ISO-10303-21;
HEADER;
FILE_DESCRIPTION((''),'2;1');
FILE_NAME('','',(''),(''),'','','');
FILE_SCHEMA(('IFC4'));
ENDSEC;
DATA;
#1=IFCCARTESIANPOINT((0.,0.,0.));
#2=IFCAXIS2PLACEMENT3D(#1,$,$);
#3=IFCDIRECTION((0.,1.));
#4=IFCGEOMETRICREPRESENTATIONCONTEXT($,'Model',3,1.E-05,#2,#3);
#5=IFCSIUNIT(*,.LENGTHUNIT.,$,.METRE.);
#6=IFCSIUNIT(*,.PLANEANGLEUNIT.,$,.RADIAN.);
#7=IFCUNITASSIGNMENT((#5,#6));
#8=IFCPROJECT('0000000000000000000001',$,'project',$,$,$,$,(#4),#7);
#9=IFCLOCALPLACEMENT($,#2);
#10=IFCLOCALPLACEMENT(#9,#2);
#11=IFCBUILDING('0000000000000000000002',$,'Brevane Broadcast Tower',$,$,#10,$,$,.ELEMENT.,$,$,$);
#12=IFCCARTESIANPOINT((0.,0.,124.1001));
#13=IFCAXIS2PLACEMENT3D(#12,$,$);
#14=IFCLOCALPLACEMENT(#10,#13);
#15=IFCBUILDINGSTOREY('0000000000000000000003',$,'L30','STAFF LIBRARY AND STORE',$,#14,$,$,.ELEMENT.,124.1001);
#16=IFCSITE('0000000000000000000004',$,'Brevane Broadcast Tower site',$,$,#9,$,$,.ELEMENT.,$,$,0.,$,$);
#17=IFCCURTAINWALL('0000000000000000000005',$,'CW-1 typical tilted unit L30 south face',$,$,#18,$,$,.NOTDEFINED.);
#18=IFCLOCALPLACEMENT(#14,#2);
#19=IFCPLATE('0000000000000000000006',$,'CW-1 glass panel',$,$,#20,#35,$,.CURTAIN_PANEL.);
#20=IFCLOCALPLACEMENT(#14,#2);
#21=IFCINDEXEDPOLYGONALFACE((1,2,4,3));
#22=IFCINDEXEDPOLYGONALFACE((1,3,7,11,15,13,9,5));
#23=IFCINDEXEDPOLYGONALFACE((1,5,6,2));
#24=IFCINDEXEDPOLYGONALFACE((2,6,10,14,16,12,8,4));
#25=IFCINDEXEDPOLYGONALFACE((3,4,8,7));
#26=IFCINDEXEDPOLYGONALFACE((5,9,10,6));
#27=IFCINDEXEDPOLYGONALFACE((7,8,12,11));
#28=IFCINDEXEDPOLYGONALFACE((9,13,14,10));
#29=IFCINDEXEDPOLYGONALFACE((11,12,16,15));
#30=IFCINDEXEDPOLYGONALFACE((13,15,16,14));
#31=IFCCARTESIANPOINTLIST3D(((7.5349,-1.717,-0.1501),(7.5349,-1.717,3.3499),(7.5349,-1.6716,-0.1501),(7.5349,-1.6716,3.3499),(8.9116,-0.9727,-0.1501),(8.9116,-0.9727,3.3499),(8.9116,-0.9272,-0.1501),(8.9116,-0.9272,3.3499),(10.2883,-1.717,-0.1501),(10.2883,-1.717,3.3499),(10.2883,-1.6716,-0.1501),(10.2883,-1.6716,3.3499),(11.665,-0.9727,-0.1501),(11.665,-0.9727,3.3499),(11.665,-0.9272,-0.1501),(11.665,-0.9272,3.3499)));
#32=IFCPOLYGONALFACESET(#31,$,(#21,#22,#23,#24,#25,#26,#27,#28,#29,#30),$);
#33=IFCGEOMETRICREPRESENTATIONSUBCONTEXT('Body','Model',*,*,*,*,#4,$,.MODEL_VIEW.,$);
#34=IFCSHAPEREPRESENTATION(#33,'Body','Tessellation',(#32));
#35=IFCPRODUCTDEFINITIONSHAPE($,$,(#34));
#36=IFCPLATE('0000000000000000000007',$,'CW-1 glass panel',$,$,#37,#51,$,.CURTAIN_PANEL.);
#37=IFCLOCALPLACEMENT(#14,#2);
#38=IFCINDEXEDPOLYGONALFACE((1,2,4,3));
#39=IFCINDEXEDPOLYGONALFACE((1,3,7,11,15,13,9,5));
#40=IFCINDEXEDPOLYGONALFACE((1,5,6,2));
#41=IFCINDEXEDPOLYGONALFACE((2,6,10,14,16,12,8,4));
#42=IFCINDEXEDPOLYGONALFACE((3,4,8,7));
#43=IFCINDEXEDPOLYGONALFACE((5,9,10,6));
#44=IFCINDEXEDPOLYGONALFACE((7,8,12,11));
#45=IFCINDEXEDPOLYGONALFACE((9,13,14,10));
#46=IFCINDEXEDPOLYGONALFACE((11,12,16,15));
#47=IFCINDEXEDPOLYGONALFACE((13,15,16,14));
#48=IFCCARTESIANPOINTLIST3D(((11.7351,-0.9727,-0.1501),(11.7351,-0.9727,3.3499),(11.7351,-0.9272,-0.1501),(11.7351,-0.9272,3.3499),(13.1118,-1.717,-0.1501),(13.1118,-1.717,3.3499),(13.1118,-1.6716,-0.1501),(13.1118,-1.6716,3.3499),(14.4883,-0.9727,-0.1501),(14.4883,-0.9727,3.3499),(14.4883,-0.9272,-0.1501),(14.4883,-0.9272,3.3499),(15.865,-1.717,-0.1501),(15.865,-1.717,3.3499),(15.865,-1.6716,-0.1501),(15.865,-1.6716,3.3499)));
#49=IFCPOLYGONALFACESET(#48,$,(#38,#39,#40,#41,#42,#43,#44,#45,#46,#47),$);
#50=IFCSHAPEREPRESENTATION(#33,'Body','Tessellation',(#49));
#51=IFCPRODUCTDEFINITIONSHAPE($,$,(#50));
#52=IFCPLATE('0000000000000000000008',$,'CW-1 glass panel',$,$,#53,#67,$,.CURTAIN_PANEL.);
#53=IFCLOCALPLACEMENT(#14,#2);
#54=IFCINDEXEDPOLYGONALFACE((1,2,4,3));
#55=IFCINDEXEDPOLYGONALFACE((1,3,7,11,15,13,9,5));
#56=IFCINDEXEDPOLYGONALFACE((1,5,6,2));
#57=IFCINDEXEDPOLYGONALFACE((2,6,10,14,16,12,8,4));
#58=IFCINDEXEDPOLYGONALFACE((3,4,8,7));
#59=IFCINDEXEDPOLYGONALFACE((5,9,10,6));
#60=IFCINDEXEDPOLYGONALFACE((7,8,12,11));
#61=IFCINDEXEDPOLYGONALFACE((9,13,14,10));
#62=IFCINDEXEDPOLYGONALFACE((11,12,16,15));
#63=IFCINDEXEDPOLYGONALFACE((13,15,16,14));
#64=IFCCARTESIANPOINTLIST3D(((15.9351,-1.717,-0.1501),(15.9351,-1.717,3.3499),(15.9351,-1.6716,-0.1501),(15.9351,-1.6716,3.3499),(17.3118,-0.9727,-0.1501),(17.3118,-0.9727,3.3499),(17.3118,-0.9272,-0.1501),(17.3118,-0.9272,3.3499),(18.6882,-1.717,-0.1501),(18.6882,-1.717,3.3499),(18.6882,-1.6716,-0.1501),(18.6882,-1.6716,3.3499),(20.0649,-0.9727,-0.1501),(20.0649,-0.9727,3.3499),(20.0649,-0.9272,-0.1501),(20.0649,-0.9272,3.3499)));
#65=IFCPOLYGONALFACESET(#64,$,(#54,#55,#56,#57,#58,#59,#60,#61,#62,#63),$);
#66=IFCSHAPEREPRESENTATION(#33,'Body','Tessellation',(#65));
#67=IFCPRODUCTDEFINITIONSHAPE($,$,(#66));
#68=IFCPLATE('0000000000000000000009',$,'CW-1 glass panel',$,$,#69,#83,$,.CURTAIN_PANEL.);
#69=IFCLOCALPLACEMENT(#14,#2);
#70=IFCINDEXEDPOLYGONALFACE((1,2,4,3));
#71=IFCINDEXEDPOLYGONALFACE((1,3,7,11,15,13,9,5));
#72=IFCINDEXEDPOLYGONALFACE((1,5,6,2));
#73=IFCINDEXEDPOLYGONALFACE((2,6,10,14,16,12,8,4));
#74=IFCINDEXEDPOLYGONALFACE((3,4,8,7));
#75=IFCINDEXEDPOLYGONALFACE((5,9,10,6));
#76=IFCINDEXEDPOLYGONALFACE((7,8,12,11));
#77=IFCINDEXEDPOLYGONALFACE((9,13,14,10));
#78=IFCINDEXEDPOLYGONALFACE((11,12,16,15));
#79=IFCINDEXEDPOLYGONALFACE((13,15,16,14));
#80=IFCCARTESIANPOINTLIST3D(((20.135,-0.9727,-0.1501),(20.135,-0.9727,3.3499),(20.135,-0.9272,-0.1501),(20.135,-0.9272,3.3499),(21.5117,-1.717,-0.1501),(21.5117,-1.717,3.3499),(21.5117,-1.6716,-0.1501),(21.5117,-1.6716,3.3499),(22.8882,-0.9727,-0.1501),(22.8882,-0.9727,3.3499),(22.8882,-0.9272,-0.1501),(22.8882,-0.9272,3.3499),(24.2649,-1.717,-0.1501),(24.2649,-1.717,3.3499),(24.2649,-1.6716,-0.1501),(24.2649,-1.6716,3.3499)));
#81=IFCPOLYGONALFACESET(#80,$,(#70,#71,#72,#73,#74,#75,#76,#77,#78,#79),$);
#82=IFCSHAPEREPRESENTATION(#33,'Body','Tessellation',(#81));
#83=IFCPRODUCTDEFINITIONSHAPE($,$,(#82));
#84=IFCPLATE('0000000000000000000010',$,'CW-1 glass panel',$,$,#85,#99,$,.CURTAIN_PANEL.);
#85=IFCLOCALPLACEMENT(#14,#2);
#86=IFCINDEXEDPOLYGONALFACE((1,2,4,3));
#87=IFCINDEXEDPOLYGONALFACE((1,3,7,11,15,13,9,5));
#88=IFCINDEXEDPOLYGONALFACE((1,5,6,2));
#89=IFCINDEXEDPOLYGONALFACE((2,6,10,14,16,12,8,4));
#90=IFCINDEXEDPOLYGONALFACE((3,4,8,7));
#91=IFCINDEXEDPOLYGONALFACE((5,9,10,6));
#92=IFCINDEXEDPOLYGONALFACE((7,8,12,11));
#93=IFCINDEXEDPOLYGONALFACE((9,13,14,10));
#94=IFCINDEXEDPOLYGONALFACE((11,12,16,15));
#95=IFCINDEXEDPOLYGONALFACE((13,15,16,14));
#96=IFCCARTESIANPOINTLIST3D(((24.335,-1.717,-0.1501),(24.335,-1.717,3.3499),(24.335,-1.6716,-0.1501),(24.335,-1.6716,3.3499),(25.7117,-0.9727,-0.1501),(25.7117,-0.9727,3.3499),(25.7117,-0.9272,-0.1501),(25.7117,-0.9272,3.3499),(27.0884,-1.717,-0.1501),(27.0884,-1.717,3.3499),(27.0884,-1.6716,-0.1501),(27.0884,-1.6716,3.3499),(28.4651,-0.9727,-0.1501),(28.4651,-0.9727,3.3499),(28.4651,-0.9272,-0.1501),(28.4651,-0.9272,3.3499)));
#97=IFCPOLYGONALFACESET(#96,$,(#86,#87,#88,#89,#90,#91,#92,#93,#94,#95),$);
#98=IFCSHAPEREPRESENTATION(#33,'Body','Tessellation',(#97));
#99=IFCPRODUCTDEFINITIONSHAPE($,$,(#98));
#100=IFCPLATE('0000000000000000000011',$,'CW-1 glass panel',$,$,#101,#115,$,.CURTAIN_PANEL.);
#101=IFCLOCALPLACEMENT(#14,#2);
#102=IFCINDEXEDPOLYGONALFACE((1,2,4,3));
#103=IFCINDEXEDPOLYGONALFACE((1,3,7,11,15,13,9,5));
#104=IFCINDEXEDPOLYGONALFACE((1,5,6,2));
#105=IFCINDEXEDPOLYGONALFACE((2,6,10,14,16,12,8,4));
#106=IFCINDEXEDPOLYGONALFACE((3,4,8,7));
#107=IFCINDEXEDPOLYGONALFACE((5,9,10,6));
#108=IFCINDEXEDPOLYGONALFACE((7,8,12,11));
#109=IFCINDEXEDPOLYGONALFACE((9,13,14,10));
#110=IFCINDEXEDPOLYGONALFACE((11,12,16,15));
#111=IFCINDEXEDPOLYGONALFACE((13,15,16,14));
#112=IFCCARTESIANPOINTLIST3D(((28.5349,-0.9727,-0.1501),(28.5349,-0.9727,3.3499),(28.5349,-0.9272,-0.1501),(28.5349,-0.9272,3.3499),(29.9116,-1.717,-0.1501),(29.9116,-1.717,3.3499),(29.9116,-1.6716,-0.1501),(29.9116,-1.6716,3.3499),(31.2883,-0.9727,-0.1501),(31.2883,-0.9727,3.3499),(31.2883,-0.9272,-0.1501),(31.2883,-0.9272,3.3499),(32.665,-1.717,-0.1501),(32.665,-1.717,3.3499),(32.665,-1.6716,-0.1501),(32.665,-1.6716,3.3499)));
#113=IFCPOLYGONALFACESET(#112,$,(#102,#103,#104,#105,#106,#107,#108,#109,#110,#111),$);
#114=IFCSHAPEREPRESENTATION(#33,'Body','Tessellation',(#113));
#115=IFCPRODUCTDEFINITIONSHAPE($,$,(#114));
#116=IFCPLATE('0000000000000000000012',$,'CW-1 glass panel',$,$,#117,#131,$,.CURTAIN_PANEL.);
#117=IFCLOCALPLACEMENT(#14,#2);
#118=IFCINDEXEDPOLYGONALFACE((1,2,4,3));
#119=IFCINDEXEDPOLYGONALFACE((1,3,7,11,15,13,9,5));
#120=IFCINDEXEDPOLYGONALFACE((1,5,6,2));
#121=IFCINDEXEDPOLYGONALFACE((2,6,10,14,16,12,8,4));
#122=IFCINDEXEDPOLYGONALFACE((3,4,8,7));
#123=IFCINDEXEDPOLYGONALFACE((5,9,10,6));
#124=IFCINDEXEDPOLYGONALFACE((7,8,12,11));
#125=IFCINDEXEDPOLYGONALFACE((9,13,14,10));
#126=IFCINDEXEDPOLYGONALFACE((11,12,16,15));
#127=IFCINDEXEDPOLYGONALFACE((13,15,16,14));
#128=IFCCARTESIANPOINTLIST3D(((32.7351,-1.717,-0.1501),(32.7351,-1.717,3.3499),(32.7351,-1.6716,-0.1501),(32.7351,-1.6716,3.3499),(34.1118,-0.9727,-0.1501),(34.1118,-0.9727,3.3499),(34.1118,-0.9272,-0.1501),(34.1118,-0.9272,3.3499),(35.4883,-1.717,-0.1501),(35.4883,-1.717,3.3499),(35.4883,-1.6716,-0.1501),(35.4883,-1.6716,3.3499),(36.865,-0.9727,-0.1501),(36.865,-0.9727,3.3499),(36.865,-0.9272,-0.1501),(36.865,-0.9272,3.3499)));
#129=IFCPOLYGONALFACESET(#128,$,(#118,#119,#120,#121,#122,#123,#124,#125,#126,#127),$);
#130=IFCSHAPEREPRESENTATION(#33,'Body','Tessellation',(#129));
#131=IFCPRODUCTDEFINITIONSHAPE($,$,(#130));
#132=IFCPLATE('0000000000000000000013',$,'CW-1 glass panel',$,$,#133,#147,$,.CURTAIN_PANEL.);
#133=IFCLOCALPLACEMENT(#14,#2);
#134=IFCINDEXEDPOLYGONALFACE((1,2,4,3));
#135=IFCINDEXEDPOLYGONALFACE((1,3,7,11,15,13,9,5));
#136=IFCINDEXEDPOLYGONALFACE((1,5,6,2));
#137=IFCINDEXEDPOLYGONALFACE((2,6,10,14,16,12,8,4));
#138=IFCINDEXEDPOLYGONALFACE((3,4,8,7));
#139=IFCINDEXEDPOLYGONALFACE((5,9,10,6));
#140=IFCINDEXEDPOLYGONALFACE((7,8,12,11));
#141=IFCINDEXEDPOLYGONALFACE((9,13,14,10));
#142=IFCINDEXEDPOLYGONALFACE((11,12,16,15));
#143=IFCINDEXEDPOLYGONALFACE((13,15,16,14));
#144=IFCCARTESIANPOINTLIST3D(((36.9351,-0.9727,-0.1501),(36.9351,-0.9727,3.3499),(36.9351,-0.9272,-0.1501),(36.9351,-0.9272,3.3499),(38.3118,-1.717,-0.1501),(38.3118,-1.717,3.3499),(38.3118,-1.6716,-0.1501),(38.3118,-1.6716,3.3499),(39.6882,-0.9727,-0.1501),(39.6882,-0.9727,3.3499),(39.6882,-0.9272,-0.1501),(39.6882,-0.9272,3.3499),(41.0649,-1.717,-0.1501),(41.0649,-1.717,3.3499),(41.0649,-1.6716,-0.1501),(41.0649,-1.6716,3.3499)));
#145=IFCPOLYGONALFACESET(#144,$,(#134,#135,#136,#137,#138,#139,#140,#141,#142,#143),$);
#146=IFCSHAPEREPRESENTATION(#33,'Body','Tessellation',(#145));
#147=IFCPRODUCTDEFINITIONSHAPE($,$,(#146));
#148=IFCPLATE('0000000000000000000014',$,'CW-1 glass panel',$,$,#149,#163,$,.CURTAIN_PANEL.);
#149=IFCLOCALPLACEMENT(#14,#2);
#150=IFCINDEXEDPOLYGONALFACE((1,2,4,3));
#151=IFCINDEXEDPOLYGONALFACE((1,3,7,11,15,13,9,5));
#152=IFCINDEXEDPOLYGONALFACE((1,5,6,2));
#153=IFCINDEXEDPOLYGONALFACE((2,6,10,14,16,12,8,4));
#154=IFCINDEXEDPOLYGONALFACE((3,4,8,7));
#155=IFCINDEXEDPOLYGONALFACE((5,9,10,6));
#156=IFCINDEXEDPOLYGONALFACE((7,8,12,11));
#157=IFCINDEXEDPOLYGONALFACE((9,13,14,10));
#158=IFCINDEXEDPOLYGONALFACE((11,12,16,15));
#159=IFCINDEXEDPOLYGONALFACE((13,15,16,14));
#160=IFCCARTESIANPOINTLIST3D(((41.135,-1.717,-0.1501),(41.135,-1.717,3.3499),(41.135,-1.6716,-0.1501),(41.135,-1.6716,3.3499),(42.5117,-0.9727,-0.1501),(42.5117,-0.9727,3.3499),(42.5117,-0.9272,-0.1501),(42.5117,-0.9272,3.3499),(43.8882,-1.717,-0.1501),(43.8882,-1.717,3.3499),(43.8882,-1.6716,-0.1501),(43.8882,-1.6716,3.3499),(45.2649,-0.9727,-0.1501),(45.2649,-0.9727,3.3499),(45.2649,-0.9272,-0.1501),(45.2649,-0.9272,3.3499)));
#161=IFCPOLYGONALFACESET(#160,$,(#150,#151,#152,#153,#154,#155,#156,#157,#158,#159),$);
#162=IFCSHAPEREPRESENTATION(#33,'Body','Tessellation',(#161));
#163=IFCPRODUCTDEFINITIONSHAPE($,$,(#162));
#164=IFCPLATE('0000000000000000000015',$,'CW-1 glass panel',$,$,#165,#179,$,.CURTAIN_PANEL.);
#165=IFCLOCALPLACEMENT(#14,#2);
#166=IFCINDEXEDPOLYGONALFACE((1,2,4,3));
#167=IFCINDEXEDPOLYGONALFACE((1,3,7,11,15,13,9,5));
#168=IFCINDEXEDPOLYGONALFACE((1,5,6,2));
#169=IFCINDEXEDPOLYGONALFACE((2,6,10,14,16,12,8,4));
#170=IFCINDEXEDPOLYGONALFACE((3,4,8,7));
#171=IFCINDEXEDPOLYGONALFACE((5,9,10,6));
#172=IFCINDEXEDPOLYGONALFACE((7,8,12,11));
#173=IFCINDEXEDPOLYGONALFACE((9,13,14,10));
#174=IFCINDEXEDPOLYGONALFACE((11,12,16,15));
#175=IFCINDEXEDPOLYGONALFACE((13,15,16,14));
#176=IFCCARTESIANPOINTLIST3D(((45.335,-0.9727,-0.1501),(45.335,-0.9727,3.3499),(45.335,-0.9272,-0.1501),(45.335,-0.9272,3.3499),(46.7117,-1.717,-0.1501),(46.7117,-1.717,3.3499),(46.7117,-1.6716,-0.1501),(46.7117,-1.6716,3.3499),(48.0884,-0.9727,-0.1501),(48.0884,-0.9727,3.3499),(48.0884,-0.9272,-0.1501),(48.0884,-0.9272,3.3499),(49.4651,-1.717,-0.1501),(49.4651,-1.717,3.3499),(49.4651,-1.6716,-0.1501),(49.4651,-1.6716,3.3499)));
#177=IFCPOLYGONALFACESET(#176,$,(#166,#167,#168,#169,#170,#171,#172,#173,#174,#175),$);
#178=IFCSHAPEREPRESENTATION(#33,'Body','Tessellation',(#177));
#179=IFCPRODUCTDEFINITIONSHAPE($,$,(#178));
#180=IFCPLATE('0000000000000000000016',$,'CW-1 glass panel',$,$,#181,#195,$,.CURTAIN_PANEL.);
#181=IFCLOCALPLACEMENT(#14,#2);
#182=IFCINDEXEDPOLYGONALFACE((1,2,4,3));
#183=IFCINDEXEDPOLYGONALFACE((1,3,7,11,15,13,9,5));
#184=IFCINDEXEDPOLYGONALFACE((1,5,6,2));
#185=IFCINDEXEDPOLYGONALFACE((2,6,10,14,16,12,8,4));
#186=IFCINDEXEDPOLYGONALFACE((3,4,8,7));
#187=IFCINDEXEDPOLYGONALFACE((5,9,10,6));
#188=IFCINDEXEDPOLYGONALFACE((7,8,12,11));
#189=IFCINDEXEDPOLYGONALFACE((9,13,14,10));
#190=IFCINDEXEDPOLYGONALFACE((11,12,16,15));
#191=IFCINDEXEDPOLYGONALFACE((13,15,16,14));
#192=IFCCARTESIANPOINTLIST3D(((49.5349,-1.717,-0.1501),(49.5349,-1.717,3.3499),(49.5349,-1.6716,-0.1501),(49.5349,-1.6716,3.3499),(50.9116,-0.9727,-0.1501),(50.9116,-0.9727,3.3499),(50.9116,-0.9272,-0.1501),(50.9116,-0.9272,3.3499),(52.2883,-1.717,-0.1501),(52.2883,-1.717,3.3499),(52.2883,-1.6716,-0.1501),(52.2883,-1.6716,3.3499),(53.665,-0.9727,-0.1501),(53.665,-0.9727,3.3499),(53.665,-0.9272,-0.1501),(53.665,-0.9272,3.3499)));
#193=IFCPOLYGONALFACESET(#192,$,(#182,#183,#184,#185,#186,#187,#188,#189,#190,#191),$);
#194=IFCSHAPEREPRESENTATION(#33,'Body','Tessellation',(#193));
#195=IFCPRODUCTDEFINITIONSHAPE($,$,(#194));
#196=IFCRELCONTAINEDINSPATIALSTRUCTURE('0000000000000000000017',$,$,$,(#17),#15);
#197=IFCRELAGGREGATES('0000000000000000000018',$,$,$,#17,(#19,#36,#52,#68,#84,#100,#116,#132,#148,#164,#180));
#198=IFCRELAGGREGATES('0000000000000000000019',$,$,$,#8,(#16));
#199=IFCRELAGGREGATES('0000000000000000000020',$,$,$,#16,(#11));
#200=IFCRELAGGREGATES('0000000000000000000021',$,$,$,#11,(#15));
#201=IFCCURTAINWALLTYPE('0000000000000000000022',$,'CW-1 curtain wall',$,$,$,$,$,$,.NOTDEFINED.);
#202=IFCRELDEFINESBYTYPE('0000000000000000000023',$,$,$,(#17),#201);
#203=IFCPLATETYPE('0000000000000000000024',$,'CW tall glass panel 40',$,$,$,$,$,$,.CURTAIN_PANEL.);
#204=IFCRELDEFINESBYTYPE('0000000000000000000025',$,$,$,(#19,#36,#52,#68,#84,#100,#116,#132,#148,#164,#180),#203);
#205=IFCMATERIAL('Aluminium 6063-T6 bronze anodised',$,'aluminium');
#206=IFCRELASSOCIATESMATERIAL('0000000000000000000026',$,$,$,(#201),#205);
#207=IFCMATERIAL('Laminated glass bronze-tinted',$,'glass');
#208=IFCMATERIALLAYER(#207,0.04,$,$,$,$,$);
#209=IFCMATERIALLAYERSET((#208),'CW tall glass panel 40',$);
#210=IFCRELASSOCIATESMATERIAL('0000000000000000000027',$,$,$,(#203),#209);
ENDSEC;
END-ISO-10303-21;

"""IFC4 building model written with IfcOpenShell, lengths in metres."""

from ifc_helpers import new_model, si_unit, direction, frame, origin, place, context, subcontext, project, spatial, polyline, outline, extrude, material, layer, layer_set, type_object, element, aggregate, save


model = new_model("IFC4")

# Units and contexts
model_context = context("Model", 3, precision=1e-05, world=origin(), true_north=direction((0.0, 1.0)))
body_context = subcontext(model_context, "Body", "Model", "MODEL_VIEW")
ifc_project = project(units=[si_unit("LENGTHUNIT", "METRE"), si_unit("PLANEANGLEUNIT", "RADIAN")], contexts=[model_context])

# Site, building, storey
site_placement = place(None, origin())
site = spatial("IfcSite", under=ifc_project, at=site_placement, Name="Brevane Broadcast Tower site", CompositionType="ELEMENT", RefElevation=0.0)
building_placement = place(site_placement, origin())
building = spatial("IfcBuilding", under=site, at=building_placement, Name="Brevane Broadcast Tower", CompositionType="ELEMENT")
storey_placement = place(building_placement, frame((0.0, 0.0, 124.1001)))
storey = spatial("IfcBuildingStorey", under=building, at=storey_placement, Name="L30", Description="STAFF LIBRARY AND STORE", CompositionType="ELEMENT", Elevation=124.1001)

# Curtain wall, plates
ifc_material_1 = material(Name="Aluminium 6063-T6 bronze anodised", Category="aluminium")
curtain_wall_type = type_object("IfcCurtainWallType", Name="CW-1 curtain wall", PredefinedType="NOTDEFINED", material=ifc_material_1)
curtain_wall_1_placement = place(storey_placement, origin())
curtain_wall_1 = element("IfcCurtainWall", 1, at=curtain_wall_1_placement, inside=storey, type_object=curtain_wall_type, Name="CW-1 typical tilted unit L30 south face", PredefinedType="NOTDEFINED")
ifc_material_2 = material(Name="Laminated glass bronze-tinted", Category="glass")
ifc_layer = layer(ifc_material_2, 0.04)
ifc_layer_set = layer_set([ifc_layer], Name="CW tall glass panel 40")
plate_type = type_object("IfcPlateType", Name="CW tall glass panel 40", PredefinedType="CURTAIN_PANEL", material=ifc_layer_set)
plate_1_placement = place(storey_placement, frame((0.0, 0.0, -0.1501)))
plate_1 = element("IfcPlate", 2, at=plate_1_placement, type_object=plate_type, Name="CW-1 glass panel", PredefinedType="CURTAIN_PANEL", context=body_context, shape_type="SweptSolid", body=[
    extrude(outline(polyline([(7.5349, -1.6716), (7.5349, -1.717), (8.9116, -0.9727), (10.2883, -1.717), (11.665, -0.9727), (11.665, -0.9272), (10.2883, -1.6716), (8.9116, -0.9272), (7.5349, -1.6716)])), origin(), (0.0, 0.0, 1.0), 3.5),
])
plate_2_placement = place(storey_placement, frame((0.0, 0.0, -0.1501)))
plate_2 = element("IfcPlate", 3, at=plate_2_placement, type_object=plate_type, Name="CW-1 glass panel", PredefinedType="CURTAIN_PANEL", context=body_context, shape_type="SweptSolid", body=[
    extrude(outline(polyline([(11.7351, -0.9272), (11.7351, -0.9727), (13.1118, -1.717), (14.4883, -0.9727), (15.865, -1.717), (15.865, -1.6716), (14.4883, -0.9272), (13.1118, -1.6716), (11.7351, -0.9272)])), origin(), (0.0, 0.0, 1.0), 3.5),
])
plate_3_placement = place(storey_placement, frame((0.0, 0.0, -0.1501)))
plate_3 = element("IfcPlate", 4, at=plate_3_placement, type_object=plate_type, Name="CW-1 glass panel", PredefinedType="CURTAIN_PANEL", context=body_context, shape_type="SweptSolid", body=[
    extrude(outline(polyline([(15.9351, -1.6716), (15.9351, -1.717), (17.3118, -0.9727), (18.6882, -1.717), (20.0649, -0.9727), (20.0649, -0.9272), (18.6882, -1.6716), (17.3118, -0.9272), (15.9351, -1.6716)])), origin(), (0.0, 0.0, 1.0), 3.5),
])
plate_4_placement = place(storey_placement, frame((0.0, 0.0, -0.1501)))
plate_4 = element("IfcPlate", 5, at=plate_4_placement, type_object=plate_type, Name="CW-1 glass panel", PredefinedType="CURTAIN_PANEL", context=body_context, shape_type="SweptSolid", body=[
    extrude(outline(polyline([(20.135, -0.9272), (20.135, -0.9727), (21.5117, -1.717), (22.8882, -0.9727), (24.2649, -1.717), (24.2649, -1.6716), (22.8882, -0.9272), (21.5117, -1.6716), (20.135, -0.9272)])), origin(), (0.0, 0.0, 1.0), 3.5),
])
plate_5_placement = place(storey_placement, frame((0.0, 0.0, -0.1501)))
plate_5 = element("IfcPlate", 6, at=plate_5_placement, type_object=plate_type, Name="CW-1 glass panel", PredefinedType="CURTAIN_PANEL", context=body_context, shape_type="SweptSolid", body=[
    extrude(outline(polyline([(24.335, -1.6716), (24.335, -1.717), (25.7117, -0.9727), (27.0884, -1.717), (28.4651, -0.9727), (28.4651, -0.9272), (27.0884, -1.6716), (25.7117, -0.9272), (24.335, -1.6716)])), origin(), (0.0, 0.0, 1.0), 3.5),
])
plate_6_placement = place(storey_placement, frame((0.0, 0.0, -0.1501)))
plate_6 = element("IfcPlate", 7, at=plate_6_placement, type_object=plate_type, Name="CW-1 glass panel", PredefinedType="CURTAIN_PANEL", context=body_context, shape_type="SweptSolid", body=[
    extrude(outline(polyline([(28.5349, -0.9272), (28.5349, -0.9727), (29.9116, -1.717), (31.2883, -0.9727), (32.665, -1.717), (32.665, -1.6716), (31.2883, -0.9272), (29.9116, -1.6716), (28.5349, -0.9272)])), origin(), (0.0, 0.0, 1.0), 3.5),
])
plate_7_placement = place(storey_placement, frame((0.0, 0.0, -0.1501)))
plate_7 = element("IfcPlate", 8, at=plate_7_placement, type_object=plate_type, Name="CW-1 glass panel", PredefinedType="CURTAIN_PANEL", context=body_context, shape_type="SweptSolid", body=[
    extrude(outline(polyline([(32.7351, -1.6716), (32.7351, -1.717), (34.1118, -0.9727), (35.4883, -1.717), (36.865, -0.9727), (36.865, -0.9272), (35.4883, -1.6716), (34.1118, -0.9272), (32.7351, -1.6716)])), origin(), (0.0, 0.0, 1.0), 3.5),
])
plate_8_placement = place(storey_placement, frame((0.0, 0.0, -0.1501)))
plate_8 = element("IfcPlate", 9, at=plate_8_placement, type_object=plate_type, Name="CW-1 glass panel", PredefinedType="CURTAIN_PANEL", context=body_context, shape_type="SweptSolid", body=[
    extrude(outline(polyline([(36.9351, -0.9272), (36.9351, -0.9727), (38.3118, -1.717), (39.6882, -0.9727), (41.0649, -1.717), (41.0649, -1.6716), (39.6882, -0.9272), (38.3118, -1.6716), (36.9351, -0.9272)])), origin(), (0.0, 0.0, 1.0), 3.5),
])
plate_9_placement = place(storey_placement, frame((0.0, 0.0, -0.1501)))
plate_9 = element("IfcPlate", 10, at=plate_9_placement, type_object=plate_type, Name="CW-1 glass panel", PredefinedType="CURTAIN_PANEL", context=body_context, shape_type="SweptSolid", body=[
    extrude(outline(polyline([(41.135, -1.6716), (41.135, -1.717), (42.5117, -0.9727), (43.8882, -1.717), (45.2649, -0.9727), (45.2649, -0.9272), (43.8882, -1.6716), (42.5117, -0.9272), (41.135, -1.6716)])), origin(), (0.0, 0.0, 1.0), 3.5),
])
plate_10_placement = place(storey_placement, frame((0.0, 0.0, -0.1501)))
plate_10 = element("IfcPlate", 11, at=plate_10_placement, type_object=plate_type, Name="CW-1 glass panel", PredefinedType="CURTAIN_PANEL", context=body_context, shape_type="SweptSolid", body=[
    extrude(outline(polyline([(45.335, -0.9272), (45.335, -0.9727), (46.7117, -1.717), (48.0884, -0.9727), (49.4651, -1.717), (49.4651, -1.6716), (48.0884, -0.9272), (46.7117, -1.6716), (45.335, -0.9272)])), origin(), (0.0, 0.0, 1.0), 3.5),
])
plate_11_placement = place(storey_placement, frame((0.0, 0.0, -0.1501)))
plate_11 = element("IfcPlate", 12, at=plate_11_placement, type_object=plate_type, Name="CW-1 glass panel", PredefinedType="CURTAIN_PANEL", context=body_context, shape_type="SweptSolid", body=[
    extrude(outline(polyline([(49.5349, -1.6716), (49.5349, -1.717), (50.9116, -0.9727), (52.2883, -1.717), (53.665, -0.9727), (53.665, -0.9272), (52.2883, -1.6716), (50.9116, -0.9272), (49.5349, -1.6716)])), origin(), (0.0, 0.0, 1.0), 3.5),
])
aggregate(curtain_wall_1, [plate_1, plate_2, plate_3, plate_4, plate_5, plate_6, plate_7, plate_8, plate_9, plate_10, plate_11])

save(model, "model.ifc")
